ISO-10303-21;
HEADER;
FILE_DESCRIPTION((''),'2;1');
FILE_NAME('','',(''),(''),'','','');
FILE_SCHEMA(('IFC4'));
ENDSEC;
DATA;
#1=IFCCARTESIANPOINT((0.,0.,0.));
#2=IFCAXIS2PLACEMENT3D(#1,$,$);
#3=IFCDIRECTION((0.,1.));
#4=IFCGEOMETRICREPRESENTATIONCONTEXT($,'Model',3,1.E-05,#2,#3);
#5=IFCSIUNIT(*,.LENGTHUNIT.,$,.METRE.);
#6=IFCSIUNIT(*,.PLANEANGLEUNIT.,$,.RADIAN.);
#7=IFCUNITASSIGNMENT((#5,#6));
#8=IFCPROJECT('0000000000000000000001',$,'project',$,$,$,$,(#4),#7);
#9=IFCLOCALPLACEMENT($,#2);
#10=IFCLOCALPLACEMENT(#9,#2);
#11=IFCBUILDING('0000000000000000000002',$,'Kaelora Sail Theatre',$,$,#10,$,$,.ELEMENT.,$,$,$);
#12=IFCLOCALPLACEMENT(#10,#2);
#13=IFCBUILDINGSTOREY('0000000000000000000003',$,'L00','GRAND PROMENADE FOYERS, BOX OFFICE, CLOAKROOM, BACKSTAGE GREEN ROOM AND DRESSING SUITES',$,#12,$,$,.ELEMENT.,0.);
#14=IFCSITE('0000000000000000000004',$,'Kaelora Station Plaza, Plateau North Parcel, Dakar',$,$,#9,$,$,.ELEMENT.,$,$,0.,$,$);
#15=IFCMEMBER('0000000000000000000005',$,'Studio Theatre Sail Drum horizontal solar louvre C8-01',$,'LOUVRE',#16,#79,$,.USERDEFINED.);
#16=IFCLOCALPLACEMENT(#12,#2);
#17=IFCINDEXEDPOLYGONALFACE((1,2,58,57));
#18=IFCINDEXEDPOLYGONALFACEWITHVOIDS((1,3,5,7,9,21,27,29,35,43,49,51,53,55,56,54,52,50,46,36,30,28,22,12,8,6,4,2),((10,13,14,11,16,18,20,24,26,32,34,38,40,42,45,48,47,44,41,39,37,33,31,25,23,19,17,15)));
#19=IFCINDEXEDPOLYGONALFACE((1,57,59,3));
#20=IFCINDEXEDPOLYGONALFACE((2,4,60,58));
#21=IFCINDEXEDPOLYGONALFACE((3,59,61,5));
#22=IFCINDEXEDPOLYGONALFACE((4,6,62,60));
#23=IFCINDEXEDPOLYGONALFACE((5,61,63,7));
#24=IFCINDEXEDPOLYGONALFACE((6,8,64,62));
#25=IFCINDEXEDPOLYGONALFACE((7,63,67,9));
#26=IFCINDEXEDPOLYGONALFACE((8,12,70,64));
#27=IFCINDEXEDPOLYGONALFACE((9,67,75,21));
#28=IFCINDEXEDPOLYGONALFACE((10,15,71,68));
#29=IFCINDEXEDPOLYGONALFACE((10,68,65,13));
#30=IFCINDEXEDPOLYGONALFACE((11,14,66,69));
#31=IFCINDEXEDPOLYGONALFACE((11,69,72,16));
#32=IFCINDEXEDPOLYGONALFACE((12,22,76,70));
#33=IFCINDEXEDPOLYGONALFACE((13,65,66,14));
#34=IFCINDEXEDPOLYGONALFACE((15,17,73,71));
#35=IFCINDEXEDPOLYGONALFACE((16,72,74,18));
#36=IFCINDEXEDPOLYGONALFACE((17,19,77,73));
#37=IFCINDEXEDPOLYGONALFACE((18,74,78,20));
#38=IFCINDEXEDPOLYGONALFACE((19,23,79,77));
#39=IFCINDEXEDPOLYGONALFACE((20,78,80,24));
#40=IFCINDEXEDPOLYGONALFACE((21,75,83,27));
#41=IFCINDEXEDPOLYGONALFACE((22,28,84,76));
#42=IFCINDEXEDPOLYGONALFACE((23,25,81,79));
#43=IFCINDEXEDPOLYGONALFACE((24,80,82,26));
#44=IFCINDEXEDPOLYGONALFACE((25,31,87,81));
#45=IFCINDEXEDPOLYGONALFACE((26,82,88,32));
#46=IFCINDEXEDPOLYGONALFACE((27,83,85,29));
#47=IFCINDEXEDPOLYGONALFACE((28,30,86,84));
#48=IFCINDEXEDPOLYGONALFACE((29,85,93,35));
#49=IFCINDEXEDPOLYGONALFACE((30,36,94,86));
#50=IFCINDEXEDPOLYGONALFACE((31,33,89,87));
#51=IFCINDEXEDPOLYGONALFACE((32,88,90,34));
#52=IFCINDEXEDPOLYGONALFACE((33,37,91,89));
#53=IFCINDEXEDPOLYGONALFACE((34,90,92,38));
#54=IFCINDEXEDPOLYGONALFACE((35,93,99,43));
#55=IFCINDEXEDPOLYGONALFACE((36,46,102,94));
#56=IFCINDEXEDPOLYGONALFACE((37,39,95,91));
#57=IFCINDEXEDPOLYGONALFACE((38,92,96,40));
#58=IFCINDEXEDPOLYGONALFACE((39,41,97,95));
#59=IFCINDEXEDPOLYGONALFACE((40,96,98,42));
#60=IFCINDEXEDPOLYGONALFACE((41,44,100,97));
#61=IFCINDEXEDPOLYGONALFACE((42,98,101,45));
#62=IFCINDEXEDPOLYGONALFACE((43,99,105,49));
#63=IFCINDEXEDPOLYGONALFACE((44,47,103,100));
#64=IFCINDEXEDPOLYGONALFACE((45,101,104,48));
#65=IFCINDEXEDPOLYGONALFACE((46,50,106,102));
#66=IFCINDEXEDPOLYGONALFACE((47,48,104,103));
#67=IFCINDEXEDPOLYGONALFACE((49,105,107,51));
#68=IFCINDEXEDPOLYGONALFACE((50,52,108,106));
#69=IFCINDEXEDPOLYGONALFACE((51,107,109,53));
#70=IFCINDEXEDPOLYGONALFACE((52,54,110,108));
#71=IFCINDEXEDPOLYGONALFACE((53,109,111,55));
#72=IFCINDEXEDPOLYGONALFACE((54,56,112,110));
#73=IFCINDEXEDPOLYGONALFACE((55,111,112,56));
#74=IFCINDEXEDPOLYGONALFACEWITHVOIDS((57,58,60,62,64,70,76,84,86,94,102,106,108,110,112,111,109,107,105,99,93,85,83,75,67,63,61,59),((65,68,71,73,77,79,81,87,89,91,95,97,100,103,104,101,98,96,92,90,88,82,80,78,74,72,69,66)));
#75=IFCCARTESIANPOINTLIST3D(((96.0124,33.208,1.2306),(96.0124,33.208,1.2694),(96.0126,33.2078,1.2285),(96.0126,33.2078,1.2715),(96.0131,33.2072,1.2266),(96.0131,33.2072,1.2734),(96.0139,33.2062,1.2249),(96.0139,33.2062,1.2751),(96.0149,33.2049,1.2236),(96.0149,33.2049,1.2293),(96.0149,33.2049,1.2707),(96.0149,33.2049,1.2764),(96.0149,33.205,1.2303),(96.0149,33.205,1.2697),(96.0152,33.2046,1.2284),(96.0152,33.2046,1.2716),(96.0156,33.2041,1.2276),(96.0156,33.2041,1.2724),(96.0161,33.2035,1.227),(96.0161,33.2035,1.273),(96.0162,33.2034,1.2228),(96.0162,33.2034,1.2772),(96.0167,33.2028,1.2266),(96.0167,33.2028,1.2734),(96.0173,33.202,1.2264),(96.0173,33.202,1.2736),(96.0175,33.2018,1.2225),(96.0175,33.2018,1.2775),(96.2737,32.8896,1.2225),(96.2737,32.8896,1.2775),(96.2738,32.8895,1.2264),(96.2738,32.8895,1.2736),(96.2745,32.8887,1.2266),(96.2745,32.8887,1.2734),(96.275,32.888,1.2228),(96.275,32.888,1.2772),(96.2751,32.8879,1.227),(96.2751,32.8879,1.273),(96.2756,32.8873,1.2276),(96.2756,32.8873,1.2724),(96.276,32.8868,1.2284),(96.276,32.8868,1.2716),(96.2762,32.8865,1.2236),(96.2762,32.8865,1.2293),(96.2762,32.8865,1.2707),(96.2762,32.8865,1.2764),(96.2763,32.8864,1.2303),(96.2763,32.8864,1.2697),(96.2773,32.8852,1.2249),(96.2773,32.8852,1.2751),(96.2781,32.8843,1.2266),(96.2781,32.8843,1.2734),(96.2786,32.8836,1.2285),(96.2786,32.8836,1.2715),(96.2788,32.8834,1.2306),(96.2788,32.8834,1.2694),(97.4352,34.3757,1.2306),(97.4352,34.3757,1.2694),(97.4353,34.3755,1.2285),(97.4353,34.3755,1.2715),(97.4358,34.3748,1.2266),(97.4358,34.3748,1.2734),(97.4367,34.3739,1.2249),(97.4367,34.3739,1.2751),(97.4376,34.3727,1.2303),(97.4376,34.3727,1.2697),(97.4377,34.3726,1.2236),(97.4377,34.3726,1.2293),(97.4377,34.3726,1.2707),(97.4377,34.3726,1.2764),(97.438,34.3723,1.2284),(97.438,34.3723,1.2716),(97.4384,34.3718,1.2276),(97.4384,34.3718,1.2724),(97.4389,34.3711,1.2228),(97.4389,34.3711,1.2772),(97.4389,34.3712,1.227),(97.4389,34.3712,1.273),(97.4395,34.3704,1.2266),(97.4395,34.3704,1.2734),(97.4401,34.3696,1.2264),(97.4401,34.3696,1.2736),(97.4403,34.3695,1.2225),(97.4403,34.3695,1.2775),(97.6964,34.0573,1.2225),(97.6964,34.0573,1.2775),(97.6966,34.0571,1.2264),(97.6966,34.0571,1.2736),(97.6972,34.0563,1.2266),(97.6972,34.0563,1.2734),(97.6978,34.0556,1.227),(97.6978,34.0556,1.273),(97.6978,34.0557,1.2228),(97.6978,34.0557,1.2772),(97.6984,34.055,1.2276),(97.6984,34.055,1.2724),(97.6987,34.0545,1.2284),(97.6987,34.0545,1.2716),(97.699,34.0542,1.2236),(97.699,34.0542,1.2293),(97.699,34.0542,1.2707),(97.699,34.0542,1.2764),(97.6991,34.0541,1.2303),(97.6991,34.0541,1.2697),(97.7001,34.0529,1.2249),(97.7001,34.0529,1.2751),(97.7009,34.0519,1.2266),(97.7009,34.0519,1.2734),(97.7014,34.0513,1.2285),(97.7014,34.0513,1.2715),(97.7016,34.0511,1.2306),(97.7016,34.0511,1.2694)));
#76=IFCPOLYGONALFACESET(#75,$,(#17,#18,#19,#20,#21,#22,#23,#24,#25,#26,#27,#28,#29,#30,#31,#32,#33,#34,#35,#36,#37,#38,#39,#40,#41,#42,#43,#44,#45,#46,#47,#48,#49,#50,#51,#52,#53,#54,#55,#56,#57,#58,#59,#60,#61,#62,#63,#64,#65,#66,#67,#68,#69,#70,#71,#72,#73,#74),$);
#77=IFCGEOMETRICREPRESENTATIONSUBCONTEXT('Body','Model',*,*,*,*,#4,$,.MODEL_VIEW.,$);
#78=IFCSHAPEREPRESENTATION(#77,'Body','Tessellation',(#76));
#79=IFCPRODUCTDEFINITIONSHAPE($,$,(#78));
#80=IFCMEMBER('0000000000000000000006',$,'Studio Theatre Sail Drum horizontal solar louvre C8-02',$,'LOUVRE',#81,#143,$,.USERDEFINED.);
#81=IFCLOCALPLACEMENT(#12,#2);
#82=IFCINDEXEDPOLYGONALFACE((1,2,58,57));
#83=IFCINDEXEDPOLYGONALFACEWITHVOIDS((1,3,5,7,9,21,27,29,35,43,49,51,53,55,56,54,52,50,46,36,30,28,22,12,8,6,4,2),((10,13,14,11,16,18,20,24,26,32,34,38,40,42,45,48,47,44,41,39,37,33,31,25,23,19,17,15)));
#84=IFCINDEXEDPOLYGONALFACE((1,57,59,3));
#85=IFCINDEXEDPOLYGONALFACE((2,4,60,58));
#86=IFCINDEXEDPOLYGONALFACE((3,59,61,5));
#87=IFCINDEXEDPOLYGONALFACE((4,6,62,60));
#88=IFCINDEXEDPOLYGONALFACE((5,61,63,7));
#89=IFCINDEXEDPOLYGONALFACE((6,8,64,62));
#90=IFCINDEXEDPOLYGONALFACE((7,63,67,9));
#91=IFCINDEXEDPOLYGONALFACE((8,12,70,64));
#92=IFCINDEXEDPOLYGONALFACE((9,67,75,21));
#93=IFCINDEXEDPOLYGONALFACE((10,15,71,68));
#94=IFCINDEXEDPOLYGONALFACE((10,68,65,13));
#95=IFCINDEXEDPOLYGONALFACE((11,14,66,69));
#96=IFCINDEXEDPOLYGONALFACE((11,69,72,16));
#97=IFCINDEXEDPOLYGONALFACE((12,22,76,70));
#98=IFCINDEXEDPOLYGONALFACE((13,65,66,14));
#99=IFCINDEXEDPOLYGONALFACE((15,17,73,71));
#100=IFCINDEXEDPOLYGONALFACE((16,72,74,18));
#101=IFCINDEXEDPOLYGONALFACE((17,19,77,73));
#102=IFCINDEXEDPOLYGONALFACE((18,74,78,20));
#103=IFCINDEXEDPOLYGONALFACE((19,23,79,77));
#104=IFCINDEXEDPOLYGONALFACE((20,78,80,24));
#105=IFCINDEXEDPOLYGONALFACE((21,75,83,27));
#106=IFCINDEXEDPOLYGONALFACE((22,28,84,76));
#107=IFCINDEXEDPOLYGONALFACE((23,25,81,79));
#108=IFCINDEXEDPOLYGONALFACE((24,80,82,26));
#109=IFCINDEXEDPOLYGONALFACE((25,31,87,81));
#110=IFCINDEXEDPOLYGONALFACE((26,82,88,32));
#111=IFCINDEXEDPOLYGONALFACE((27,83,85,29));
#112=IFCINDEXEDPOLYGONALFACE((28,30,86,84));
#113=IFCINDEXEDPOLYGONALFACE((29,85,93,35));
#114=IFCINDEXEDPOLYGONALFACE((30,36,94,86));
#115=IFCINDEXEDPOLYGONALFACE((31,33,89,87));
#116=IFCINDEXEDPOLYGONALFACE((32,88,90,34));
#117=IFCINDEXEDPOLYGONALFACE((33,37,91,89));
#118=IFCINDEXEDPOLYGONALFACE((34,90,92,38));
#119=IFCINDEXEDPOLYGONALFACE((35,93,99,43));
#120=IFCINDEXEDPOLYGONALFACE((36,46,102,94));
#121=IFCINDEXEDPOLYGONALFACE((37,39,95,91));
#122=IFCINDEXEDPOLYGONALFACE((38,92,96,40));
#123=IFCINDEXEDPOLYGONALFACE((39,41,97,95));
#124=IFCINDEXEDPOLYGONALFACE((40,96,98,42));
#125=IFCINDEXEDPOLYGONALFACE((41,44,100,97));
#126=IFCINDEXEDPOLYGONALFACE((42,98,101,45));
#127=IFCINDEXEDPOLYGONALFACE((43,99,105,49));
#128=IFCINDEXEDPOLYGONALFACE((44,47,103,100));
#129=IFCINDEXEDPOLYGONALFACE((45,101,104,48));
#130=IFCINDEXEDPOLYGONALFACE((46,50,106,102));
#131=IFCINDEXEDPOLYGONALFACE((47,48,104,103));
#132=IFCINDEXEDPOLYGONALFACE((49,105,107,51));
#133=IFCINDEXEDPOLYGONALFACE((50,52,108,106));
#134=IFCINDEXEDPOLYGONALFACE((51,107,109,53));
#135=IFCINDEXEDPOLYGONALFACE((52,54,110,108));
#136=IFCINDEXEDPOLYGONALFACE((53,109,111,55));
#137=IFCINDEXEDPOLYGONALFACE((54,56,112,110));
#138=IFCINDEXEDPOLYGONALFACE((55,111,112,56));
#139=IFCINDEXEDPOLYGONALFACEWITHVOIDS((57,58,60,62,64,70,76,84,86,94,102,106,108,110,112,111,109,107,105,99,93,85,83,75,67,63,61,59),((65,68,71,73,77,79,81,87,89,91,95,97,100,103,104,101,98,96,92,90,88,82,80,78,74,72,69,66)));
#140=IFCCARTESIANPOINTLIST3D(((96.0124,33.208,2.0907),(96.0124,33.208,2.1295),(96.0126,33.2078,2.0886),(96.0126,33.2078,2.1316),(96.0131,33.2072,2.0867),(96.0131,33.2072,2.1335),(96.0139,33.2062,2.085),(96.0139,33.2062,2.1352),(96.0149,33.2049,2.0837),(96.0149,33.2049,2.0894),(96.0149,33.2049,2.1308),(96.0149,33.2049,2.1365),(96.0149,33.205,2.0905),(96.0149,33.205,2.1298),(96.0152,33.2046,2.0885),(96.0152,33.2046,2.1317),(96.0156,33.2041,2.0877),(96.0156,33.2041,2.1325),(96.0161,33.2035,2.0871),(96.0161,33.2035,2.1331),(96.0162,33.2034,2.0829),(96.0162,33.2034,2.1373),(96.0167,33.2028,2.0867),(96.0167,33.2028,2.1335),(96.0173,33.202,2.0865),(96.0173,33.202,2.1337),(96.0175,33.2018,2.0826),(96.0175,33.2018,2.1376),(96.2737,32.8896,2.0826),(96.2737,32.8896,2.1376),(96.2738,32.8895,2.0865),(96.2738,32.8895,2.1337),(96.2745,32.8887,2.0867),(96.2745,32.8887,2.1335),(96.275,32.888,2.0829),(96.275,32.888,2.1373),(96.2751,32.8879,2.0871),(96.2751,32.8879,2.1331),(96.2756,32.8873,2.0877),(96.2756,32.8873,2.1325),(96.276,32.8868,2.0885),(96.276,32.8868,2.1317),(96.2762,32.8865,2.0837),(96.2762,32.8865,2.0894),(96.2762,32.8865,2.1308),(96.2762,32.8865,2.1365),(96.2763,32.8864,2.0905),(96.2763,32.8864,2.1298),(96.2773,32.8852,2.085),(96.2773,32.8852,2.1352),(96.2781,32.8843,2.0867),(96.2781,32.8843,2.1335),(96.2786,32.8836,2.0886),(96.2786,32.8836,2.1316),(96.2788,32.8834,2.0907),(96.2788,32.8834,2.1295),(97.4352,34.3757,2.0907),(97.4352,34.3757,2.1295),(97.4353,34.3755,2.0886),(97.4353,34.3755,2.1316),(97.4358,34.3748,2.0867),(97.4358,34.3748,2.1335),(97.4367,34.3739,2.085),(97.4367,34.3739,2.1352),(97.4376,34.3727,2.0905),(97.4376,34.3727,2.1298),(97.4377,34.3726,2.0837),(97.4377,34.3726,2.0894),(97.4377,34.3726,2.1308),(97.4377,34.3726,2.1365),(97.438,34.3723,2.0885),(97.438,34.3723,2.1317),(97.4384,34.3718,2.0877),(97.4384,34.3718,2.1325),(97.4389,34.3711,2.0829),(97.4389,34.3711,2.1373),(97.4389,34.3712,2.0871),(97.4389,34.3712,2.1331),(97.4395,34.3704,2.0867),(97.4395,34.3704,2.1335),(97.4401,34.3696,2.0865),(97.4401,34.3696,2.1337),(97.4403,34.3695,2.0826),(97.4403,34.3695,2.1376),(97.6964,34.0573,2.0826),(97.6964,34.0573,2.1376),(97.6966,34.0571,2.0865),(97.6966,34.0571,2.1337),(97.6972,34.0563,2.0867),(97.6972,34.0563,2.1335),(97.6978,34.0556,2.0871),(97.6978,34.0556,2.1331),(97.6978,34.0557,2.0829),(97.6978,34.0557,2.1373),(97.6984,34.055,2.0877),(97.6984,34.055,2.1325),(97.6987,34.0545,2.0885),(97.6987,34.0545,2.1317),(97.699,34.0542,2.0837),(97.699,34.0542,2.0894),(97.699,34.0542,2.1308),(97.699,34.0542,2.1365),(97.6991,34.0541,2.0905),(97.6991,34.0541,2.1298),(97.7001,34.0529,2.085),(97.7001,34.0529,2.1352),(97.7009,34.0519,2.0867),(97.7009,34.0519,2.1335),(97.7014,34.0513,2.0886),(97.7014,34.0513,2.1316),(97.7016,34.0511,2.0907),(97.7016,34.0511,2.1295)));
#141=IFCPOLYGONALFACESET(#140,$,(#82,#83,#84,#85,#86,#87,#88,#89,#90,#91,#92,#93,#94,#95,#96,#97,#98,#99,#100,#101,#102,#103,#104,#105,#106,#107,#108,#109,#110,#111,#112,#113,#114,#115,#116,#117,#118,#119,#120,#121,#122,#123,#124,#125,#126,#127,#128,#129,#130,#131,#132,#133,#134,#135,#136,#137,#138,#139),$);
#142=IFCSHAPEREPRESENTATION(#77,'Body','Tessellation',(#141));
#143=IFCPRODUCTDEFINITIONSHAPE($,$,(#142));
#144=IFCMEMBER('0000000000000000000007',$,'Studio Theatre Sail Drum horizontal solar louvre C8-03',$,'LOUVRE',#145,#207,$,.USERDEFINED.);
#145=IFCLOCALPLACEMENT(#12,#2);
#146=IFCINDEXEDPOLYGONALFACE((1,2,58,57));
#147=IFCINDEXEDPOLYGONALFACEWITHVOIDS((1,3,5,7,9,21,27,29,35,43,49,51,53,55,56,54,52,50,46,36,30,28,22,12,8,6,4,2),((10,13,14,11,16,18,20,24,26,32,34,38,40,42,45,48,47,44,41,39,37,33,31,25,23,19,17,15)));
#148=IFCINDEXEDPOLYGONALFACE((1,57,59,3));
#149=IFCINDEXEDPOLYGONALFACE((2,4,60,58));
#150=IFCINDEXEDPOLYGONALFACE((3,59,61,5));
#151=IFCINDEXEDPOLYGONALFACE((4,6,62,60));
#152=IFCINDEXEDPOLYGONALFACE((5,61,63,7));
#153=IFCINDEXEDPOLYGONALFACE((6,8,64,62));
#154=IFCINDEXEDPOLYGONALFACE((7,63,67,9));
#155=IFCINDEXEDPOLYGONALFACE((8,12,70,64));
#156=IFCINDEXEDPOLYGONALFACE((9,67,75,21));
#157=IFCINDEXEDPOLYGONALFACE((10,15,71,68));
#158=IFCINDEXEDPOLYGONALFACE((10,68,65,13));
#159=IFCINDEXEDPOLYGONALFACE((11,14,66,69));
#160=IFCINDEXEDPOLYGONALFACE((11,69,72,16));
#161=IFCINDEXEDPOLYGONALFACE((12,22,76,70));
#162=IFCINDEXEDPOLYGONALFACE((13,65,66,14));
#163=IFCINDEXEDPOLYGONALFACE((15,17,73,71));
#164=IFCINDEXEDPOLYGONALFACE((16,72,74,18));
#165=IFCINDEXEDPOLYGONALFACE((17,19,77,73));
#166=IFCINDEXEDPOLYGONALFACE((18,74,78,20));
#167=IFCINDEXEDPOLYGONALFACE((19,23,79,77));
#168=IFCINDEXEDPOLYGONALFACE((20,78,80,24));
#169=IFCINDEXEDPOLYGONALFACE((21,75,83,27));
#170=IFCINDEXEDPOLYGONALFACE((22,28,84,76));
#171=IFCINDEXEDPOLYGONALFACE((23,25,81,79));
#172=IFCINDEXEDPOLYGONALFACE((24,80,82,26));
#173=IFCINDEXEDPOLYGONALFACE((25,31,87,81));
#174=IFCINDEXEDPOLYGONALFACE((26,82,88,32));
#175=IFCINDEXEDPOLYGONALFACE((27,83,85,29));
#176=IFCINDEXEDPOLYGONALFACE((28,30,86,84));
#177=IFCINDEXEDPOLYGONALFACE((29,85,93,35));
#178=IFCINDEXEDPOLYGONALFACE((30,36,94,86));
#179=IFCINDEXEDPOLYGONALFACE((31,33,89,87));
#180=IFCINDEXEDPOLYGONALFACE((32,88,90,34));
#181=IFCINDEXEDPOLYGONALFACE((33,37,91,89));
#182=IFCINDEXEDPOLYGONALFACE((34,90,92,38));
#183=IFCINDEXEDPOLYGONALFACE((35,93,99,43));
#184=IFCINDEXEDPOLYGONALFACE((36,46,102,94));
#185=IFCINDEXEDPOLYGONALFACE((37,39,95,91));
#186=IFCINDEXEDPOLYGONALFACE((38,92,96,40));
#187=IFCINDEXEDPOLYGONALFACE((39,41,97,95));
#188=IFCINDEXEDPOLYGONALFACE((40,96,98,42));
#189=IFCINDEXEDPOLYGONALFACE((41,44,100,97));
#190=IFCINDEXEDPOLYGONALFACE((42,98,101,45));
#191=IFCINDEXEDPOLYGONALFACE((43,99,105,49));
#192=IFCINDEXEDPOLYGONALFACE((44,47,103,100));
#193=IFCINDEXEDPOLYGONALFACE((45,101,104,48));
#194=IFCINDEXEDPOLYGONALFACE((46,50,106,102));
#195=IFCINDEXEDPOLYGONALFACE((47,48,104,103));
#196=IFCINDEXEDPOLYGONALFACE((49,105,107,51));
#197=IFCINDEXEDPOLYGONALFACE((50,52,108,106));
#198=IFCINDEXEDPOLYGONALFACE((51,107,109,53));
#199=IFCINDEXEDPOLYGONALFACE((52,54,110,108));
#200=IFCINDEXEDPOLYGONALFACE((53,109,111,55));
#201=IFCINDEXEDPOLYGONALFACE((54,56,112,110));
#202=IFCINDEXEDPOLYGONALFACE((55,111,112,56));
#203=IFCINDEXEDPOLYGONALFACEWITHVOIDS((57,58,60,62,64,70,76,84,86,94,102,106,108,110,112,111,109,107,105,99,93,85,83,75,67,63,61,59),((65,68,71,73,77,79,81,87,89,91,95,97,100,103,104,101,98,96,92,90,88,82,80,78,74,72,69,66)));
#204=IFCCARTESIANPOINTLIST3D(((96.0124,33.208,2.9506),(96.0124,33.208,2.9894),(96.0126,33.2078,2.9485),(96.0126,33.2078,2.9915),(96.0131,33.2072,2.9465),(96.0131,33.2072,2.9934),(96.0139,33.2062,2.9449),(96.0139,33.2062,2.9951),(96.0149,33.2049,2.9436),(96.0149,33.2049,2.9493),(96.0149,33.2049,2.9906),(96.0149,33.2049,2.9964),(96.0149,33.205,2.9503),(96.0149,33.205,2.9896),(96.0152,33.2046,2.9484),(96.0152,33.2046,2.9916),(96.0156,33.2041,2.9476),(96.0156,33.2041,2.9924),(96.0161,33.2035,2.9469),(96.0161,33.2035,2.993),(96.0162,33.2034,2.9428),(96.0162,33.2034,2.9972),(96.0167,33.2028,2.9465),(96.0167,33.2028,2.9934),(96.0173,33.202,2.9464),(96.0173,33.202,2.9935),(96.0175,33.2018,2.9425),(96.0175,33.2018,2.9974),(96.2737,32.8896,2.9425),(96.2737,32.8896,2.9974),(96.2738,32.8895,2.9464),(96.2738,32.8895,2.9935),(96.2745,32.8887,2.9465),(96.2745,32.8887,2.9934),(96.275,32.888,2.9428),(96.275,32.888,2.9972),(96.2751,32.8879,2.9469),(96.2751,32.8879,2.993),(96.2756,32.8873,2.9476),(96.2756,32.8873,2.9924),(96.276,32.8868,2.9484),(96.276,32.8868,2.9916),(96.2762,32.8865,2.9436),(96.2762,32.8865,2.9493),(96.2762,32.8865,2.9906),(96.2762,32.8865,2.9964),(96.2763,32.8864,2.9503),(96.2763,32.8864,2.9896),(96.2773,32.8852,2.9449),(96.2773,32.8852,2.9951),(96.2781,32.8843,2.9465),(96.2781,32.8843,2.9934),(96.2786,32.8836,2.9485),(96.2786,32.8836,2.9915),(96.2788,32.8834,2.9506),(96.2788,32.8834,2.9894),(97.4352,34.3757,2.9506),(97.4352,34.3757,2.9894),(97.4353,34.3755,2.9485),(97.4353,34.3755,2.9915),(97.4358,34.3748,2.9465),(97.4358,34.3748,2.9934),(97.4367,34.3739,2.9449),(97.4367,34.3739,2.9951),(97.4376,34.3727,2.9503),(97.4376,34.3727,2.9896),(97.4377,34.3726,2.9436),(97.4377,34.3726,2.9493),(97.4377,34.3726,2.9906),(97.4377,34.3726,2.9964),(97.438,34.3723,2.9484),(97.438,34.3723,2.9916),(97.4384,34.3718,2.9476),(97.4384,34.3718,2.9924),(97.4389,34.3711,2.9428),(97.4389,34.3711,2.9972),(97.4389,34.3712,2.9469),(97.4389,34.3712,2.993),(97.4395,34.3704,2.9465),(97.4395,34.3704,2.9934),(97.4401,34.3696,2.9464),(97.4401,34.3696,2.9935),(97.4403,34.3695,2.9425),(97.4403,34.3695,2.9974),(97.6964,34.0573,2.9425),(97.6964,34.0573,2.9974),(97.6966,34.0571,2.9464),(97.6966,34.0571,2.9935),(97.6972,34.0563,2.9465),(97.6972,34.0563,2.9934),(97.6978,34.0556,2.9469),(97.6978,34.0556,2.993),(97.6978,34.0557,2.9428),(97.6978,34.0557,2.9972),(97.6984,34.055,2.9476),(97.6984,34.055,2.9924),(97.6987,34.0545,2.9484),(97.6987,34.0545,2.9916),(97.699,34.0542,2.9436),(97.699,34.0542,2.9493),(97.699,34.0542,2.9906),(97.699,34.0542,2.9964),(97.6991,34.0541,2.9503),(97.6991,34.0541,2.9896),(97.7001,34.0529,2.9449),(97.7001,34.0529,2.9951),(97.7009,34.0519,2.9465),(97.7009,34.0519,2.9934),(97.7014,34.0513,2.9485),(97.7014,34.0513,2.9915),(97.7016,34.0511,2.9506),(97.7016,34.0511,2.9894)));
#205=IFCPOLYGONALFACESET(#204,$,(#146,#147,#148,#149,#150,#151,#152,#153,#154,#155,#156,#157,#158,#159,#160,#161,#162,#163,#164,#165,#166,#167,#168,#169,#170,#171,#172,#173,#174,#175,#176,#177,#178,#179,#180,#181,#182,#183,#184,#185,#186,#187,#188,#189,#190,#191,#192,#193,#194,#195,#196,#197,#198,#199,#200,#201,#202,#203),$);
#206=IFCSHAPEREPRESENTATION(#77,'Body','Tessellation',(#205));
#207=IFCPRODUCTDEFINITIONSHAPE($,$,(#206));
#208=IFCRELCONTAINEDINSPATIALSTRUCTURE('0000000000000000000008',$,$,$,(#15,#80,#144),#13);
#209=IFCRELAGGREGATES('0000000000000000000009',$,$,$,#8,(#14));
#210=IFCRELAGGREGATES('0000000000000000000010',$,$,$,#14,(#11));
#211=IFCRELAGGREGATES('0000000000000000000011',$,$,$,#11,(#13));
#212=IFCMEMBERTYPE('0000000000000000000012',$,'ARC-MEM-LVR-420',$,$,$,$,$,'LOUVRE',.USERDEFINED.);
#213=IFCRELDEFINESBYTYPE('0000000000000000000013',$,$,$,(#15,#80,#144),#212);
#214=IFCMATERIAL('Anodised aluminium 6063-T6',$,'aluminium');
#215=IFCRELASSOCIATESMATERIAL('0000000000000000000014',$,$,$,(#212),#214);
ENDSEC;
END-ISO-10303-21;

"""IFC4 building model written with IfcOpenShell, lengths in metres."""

from ifc_helpers import new_model, si_unit, direction, frame, origin, origin_2d, place, context, subcontext, project, spatial, hollow_rectangle, extrude, material, material_profile, profile_set, type_object, element, save


model = new_model("IFC4")

# Units and contexts
model_context = context("Model", 3, precision=1e-05, world=origin(), true_north=direction((0.0, 1.0)))
body_context = subcontext(model_context, "Body", "Model", "MODEL_VIEW")
ifc_project = project(units=[si_unit("LENGTHUNIT", "METRE"), si_unit("PLANEANGLEUNIT", "RADIAN")], contexts=[model_context])

# Site, building, storey
site_placement = place(None, origin())
site = spatial("IfcSite", under=ifc_project, at=site_placement, Name="Kaelora Station Plaza, Plateau North Parcel, Dakar", CompositionType="ELEMENT", RefElevation=0.0)
building_placement = place(site_placement, origin())
building = spatial("IfcBuilding", under=site, at=building_placement, Name="Kaelora Sail Theatre", CompositionType="ELEMENT")
storey_placement = place(building_placement, origin())
storey = spatial("IfcBuildingStorey", under=building, at=storey_placement, Name="L00", Description="GRAND PROMENADE FOYERS, BOX OFFICE, CLOAKROOM, BACKSTAGE GREEN ROOM AND DRESSING SUITES", CompositionType="ELEMENT", Elevation=0.0)

# Members
ifc_material_1 = material(Name="Anodised aluminium 6063-T6", Category="aluminium")
ifc_material_profile_1 = material_profile(ifc_material_1, hollow_rectangle(XDim=0.4199, YDim=0.0549, WallThickness=0.0039, InnerFilletRadius=0.0039, OuterFilletRadius=0.0081, at=origin_2d()), Name="LOUVRE 420x55x4")
ifc_profile_set_1 = profile_set([ifc_material_profile_1], Name="Anodised aluminium 6063-T6")
member_type_1 = type_object("IfcMemberType", Name="ARC-MEM-LVR-420", ElementType="LOUVRE", PredefinedType="USERDEFINED", material=ifc_profile_set_1)
for number, where, z_axis, x_axis, name in (
    (1, (97.5684, 34.2134, 1.25), (-0.773005, -0.6344, 0.0), (0.6344, -0.773005, 0.0), "Studio Theatre Sail Drum horizontal solar louvre C8-01"),
    (2, (97.5684, 34.2134, 2.1101), (-0.773005, -0.6344, 0.0), (0.6344, -0.773005, 0.0), "Studio Theatre Sail Drum horizontal solar louvre C8-02"),
    (3, (97.5684, 34.2134, 2.97), (-0.773005, -0.6344, 0.0), (0.6344, -0.773005, 0.0), "Studio Theatre Sail Drum horizontal solar louvre C8-03"),
):
    element("IfcMember", number, at=place(storey_placement, frame(where, z_axis=z_axis, x_axis=x_axis)), inside=storey, type_object=member_type_1, Name=name, ObjectType="LOUVRE", PredefinedType="USERDEFINED", context=body_context, shape_type="SweptSolid", body=[
        extrude(hollow_rectangle(XDim=0.4199, YDim=0.0549, WallThickness=0.0039, InnerFilletRadius=0.0039, OuterFilletRadius=0.0081, at=origin_2d()), origin(), (0.0, 0.0, 1.0), 1.8406),
    ])

save(model, "model.ifc")
